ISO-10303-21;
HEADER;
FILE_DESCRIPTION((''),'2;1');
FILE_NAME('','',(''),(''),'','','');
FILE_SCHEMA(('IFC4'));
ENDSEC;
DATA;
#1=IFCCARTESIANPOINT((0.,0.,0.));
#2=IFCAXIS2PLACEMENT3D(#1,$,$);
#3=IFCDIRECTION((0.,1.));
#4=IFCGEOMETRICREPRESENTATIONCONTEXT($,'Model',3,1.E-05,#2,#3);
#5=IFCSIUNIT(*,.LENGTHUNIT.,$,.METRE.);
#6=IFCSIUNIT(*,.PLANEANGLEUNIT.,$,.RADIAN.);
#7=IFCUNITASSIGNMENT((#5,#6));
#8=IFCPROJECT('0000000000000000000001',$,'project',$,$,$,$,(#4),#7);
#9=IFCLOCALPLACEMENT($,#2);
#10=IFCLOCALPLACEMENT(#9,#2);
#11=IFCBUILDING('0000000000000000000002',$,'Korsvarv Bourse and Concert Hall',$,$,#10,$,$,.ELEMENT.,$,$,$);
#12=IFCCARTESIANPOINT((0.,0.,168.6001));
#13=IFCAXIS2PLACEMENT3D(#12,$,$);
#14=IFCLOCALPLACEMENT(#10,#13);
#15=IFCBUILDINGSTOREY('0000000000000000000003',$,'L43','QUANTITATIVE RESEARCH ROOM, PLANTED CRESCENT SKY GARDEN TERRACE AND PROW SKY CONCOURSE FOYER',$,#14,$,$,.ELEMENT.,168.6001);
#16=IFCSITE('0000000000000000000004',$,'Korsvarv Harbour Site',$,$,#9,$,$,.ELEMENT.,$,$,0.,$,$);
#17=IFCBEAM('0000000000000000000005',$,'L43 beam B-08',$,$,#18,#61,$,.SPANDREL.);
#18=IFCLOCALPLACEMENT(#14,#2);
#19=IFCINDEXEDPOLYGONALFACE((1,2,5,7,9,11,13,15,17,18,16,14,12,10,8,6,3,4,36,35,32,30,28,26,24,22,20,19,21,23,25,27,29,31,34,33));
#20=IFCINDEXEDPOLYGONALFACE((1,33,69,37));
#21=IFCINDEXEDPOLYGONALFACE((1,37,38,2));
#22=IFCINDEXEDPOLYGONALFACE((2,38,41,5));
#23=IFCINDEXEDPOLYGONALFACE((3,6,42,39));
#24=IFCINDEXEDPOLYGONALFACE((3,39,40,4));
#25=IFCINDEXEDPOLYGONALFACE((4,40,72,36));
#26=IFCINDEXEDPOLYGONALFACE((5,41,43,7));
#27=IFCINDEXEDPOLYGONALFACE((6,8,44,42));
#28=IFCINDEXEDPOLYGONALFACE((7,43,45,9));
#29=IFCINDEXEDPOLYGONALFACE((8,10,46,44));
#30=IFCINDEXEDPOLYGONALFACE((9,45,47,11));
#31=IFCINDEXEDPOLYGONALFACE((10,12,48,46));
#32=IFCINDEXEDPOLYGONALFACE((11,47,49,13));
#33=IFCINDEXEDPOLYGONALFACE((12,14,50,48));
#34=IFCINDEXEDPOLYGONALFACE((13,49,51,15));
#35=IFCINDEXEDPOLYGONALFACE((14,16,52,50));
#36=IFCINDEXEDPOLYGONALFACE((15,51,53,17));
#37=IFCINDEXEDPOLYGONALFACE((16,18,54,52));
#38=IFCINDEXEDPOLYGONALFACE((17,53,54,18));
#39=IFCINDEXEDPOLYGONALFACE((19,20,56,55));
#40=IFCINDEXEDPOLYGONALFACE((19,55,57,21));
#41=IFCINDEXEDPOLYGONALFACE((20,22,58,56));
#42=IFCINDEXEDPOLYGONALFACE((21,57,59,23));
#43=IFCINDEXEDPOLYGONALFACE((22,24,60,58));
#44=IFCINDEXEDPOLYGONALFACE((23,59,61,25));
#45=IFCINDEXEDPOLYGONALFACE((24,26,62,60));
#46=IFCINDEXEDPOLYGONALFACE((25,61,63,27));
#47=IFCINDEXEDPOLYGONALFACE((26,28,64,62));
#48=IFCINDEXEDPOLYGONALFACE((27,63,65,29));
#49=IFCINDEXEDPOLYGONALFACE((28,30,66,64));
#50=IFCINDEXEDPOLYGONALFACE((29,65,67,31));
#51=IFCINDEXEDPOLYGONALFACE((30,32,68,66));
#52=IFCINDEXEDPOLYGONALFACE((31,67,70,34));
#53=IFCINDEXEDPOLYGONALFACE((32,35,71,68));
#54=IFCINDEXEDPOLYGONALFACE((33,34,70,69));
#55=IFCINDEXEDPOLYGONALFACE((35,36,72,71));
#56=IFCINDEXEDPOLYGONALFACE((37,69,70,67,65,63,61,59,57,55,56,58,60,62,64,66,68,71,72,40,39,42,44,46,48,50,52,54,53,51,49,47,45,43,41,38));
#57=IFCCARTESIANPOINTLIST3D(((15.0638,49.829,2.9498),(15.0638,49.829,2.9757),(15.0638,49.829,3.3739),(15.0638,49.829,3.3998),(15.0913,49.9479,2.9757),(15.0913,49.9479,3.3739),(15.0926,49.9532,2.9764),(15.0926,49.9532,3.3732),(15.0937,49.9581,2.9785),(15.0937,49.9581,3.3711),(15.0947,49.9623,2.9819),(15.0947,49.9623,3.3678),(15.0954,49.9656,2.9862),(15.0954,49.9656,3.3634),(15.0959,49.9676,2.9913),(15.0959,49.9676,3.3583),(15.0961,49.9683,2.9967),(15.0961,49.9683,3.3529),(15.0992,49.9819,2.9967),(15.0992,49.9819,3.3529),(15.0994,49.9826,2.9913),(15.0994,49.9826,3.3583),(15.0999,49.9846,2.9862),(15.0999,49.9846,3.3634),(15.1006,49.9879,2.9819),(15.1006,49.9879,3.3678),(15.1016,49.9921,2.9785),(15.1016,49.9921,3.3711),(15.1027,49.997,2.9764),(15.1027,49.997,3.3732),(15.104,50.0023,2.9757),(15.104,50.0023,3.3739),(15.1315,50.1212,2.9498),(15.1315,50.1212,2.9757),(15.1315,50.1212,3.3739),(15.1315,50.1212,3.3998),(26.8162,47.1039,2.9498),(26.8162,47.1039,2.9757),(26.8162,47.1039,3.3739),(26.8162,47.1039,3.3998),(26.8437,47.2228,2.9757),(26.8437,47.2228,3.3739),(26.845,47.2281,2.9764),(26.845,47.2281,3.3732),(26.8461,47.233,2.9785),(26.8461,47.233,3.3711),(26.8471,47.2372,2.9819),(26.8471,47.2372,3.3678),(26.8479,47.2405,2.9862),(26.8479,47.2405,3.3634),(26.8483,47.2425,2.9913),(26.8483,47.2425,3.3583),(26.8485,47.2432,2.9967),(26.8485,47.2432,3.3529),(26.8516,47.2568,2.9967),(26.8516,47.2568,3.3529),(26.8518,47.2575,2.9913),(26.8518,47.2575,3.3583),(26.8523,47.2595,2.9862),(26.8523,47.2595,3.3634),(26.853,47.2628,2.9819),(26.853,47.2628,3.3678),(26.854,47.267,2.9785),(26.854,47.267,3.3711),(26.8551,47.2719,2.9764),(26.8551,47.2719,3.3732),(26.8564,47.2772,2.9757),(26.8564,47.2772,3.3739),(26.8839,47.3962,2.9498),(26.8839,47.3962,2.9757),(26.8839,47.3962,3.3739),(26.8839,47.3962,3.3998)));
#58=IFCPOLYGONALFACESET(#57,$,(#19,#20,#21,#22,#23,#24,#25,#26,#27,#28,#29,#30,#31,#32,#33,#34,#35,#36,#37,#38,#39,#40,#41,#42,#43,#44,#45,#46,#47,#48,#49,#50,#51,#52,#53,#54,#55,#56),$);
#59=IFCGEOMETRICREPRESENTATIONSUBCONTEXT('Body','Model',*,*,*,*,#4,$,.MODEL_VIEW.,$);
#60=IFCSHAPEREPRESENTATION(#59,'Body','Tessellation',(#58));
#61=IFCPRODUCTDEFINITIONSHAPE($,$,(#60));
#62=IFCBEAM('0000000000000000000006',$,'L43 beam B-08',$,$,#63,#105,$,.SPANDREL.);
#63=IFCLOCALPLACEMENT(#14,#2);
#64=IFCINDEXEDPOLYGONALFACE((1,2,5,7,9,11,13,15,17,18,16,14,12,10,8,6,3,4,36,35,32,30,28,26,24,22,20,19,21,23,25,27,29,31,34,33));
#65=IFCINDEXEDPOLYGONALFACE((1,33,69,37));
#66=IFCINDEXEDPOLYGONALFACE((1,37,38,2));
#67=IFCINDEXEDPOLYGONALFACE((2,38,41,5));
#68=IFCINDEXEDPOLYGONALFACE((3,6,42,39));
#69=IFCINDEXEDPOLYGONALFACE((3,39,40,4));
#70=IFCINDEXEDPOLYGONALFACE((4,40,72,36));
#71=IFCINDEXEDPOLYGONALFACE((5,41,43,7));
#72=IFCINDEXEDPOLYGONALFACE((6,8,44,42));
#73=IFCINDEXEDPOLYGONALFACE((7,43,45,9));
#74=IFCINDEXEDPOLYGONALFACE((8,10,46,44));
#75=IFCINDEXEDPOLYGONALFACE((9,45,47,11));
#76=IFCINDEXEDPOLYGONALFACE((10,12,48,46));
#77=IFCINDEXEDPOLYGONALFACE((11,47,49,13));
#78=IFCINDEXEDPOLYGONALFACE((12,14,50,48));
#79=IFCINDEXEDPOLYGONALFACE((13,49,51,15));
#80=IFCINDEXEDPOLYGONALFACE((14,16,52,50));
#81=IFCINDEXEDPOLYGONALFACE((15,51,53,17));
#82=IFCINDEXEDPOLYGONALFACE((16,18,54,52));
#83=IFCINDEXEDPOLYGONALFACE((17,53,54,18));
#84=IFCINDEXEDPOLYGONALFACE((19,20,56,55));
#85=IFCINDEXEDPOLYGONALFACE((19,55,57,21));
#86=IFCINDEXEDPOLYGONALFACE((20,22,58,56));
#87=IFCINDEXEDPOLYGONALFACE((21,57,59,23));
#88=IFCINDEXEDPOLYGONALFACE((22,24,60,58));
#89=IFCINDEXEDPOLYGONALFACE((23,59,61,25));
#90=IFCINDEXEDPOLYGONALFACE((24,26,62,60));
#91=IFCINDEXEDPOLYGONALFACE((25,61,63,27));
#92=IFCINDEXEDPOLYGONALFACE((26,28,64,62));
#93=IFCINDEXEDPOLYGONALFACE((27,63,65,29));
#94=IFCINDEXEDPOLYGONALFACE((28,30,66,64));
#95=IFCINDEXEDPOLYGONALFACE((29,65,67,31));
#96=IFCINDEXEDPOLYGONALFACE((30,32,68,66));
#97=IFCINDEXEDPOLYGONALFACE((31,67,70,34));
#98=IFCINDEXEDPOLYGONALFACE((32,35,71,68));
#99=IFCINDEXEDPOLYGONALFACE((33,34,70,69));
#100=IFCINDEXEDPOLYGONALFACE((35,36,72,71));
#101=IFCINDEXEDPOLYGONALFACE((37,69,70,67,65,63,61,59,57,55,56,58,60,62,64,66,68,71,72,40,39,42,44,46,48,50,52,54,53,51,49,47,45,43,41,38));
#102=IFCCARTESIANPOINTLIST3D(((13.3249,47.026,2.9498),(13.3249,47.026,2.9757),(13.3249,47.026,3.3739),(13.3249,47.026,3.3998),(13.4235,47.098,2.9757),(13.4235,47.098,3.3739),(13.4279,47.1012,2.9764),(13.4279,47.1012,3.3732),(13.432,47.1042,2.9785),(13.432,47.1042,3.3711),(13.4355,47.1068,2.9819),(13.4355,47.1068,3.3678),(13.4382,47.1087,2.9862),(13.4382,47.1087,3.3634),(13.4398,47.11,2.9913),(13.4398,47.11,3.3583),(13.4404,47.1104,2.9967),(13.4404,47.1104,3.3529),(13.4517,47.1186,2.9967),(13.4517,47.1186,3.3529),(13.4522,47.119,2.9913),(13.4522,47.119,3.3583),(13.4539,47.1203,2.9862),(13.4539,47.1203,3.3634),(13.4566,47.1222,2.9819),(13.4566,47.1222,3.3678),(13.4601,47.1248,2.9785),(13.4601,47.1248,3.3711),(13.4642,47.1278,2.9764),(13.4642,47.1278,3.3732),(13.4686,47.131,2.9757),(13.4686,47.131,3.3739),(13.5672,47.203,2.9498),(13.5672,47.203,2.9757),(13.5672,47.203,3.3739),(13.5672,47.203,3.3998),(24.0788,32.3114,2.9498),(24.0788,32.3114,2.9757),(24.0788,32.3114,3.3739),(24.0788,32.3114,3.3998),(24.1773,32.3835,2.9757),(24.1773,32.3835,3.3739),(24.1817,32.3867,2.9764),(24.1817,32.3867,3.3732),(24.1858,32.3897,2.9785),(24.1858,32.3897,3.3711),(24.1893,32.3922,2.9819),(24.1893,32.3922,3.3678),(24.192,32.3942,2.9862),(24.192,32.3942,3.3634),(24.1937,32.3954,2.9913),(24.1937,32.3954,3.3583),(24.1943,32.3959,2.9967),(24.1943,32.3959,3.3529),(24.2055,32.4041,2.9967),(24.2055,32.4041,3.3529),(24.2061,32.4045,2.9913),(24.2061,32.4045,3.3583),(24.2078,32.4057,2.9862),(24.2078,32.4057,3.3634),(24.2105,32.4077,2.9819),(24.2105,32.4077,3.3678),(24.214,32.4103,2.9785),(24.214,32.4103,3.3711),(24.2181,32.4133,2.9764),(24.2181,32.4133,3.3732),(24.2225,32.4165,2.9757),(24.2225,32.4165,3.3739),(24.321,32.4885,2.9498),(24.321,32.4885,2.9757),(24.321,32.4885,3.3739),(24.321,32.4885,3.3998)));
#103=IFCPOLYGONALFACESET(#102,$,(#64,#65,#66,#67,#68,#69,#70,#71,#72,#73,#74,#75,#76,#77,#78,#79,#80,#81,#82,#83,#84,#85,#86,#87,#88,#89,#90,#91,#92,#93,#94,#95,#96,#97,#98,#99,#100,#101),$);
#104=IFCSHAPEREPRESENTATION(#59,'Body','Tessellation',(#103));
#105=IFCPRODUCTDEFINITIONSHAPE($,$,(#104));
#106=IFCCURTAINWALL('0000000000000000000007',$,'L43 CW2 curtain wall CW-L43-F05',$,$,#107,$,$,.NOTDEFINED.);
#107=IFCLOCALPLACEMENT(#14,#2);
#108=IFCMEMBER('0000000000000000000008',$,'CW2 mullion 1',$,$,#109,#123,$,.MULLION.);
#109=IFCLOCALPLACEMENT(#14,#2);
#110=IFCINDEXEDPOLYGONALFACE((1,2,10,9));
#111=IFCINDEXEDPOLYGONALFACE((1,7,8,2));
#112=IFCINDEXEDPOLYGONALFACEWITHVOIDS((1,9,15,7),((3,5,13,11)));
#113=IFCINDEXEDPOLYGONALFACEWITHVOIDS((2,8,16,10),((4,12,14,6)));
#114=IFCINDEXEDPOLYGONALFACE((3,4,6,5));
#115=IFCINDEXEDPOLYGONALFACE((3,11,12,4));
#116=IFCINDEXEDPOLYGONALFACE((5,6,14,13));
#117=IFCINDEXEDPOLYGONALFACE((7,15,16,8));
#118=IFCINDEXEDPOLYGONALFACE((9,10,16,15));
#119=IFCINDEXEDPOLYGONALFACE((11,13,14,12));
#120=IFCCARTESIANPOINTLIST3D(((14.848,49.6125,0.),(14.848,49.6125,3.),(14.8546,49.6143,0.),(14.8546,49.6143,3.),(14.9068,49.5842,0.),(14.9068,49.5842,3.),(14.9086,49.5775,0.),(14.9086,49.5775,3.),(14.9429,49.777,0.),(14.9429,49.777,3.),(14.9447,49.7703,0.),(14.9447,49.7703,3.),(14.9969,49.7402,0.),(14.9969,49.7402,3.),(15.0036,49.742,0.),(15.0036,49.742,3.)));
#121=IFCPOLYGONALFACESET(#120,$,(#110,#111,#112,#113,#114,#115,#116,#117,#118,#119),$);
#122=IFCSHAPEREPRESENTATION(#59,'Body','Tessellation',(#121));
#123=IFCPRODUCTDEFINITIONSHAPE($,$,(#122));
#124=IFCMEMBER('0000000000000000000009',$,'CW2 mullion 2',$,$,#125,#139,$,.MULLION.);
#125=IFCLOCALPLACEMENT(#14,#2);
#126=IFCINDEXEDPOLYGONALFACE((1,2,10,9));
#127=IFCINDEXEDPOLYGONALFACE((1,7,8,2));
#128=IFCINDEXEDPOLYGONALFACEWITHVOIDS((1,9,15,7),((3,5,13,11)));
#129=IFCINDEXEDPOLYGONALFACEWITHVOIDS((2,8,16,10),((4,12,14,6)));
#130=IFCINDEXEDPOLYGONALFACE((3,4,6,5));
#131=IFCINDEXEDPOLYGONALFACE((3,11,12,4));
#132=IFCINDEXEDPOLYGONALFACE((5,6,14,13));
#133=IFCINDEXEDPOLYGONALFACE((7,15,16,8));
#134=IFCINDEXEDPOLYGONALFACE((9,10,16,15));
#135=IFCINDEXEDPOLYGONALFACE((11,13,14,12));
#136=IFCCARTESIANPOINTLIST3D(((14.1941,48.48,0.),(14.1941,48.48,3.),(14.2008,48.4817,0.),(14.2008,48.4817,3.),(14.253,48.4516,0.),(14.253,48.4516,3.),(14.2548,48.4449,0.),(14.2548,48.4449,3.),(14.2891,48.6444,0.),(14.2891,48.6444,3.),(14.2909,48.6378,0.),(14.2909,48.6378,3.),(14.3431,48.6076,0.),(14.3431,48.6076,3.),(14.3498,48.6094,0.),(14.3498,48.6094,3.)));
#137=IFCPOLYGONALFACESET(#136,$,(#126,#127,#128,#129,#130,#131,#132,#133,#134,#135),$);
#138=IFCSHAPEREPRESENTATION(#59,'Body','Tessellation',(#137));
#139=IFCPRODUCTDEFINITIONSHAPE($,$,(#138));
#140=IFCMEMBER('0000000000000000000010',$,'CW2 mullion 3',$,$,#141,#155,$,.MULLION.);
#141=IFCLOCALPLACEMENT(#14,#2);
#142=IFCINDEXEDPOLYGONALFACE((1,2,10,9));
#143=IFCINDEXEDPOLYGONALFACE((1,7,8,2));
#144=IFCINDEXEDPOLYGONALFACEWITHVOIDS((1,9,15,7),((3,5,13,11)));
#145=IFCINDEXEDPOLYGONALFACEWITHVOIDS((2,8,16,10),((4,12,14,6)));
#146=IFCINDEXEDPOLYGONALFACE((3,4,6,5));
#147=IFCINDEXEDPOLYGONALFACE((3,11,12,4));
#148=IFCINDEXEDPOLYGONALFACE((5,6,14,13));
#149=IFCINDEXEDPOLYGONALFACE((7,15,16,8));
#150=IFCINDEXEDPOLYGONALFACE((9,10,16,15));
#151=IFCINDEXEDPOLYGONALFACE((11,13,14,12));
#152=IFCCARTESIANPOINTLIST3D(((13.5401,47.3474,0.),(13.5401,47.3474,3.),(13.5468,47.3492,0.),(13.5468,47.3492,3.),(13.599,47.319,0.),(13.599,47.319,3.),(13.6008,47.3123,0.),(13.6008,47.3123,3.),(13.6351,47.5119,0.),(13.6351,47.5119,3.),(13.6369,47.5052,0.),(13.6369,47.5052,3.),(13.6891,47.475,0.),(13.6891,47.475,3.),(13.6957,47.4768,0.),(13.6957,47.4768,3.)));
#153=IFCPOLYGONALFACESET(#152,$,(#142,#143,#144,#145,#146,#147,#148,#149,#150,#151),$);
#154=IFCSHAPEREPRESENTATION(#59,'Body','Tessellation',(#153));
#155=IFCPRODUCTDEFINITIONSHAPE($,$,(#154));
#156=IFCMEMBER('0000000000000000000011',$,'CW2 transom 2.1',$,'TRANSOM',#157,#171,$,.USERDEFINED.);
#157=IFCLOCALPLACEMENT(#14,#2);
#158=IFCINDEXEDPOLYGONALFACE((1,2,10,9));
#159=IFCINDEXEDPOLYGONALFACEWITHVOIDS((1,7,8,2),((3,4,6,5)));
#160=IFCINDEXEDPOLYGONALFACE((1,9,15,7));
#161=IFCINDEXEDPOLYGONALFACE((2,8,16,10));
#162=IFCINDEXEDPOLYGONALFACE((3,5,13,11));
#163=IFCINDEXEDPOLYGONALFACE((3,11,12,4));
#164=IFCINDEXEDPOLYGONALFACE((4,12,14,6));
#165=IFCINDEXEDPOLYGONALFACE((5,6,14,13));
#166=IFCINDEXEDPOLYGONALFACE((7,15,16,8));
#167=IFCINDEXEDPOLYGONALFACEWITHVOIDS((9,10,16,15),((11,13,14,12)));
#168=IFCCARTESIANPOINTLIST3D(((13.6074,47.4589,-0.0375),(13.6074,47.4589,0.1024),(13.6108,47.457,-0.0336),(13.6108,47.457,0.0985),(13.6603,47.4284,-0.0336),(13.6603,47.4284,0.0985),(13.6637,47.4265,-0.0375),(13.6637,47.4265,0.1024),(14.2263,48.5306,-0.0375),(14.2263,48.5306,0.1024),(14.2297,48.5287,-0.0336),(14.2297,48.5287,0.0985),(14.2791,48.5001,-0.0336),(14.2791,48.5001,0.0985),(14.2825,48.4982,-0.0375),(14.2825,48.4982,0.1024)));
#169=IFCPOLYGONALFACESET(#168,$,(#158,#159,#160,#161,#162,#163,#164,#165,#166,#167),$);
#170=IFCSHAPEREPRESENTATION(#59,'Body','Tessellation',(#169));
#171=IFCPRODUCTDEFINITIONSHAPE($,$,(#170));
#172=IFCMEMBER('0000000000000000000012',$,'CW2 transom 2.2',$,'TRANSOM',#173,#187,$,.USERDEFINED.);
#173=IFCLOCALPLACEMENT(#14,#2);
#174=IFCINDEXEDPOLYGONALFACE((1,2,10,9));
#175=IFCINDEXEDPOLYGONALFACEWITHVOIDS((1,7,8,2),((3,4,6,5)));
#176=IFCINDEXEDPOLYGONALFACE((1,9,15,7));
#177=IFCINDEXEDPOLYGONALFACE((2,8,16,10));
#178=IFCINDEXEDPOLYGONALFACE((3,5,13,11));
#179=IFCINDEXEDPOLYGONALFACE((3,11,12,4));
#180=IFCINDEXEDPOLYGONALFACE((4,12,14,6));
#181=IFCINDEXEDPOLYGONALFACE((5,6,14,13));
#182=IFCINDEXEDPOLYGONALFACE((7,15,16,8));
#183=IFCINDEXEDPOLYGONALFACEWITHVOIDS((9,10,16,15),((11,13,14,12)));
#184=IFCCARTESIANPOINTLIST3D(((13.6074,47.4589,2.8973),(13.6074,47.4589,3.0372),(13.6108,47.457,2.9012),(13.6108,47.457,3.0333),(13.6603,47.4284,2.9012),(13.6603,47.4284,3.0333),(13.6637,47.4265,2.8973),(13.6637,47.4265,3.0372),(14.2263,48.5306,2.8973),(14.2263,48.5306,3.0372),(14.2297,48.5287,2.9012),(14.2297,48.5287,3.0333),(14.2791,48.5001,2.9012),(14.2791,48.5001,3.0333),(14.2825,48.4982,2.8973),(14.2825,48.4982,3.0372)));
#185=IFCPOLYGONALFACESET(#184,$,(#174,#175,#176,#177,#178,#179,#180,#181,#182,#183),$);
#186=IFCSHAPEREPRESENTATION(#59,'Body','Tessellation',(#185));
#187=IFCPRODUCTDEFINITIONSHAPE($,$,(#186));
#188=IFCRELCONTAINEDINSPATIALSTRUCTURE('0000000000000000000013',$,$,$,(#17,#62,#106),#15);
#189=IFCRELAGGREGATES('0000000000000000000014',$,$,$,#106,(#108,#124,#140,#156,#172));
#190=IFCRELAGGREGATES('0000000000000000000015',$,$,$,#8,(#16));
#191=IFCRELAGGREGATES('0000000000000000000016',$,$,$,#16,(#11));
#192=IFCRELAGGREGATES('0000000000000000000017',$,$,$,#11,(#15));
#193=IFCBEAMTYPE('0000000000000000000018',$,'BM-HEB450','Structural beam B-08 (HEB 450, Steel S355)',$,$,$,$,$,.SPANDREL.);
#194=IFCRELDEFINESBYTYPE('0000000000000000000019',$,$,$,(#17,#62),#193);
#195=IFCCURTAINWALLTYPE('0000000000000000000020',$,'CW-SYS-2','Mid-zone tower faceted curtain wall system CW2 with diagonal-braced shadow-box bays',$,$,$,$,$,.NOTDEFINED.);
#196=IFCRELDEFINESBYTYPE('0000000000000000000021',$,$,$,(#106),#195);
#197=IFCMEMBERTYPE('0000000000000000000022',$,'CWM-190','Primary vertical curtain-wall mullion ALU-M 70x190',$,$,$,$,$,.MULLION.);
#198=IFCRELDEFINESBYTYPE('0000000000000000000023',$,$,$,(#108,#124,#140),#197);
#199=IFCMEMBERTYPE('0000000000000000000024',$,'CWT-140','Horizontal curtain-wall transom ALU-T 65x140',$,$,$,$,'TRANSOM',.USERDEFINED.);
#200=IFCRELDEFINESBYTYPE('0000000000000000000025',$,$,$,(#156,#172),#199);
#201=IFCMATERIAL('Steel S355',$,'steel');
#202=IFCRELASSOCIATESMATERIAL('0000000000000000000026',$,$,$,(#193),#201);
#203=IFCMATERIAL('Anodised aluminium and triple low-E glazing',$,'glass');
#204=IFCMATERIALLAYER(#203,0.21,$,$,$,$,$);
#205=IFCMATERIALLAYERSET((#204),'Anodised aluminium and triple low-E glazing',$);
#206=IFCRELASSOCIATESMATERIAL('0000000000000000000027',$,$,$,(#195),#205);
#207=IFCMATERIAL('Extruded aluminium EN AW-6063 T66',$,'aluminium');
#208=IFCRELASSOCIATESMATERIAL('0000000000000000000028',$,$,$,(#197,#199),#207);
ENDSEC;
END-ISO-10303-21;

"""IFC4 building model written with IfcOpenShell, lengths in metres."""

from ifc_helpers import new_model, si_unit, direction, frame, origin, origin_2d, place, context, subcontext, project, spatial, hollow_rectangle, i_section, extrude, source, transform, mapped, material, layer, layer_set, material_profile, profile_set, type_object, element, aggregate, save


model = new_model("IFC4")

# Units and contexts
model_context = context("Model", 3, precision=1e-05, world=origin(), true_north=direction((0.0, 1.0)))
body_context = subcontext(model_context, "Body", "Model", "MODEL_VIEW")
ifc_project = project(units=[si_unit("LENGTHUNIT", "METRE"), si_unit("PLANEANGLEUNIT", "RADIAN")], contexts=[model_context])

# Site, building, storey
site_placement = place(None, origin())
site = spatial("IfcSite", under=ifc_project, at=site_placement, Name="Korsvarv Harbour Site", CompositionType="ELEMENT", RefElevation=0.0)
building_placement = place(site_placement, origin())
building = spatial("IfcBuilding", under=site, at=building_placement, Name="Korsvarv Bourse and Concert Hall", CompositionType="ELEMENT")
storey_placement = place(building_placement, frame((0.0, 0.0, 168.6001)))
storey = spatial("IfcBuildingStorey", under=building, at=storey_placement, Name="L43", Description="QUANTITATIVE RESEARCH ROOM, PLANTED CRESCENT SKY GARDEN TERRACE AND PROW SKY CONCOURSE FOYER", CompositionType="ELEMENT", Elevation=168.6001)

# Shared definitions
ifc_material_1 = material(Name="Steel S355", Category="steel")

# Beams
ifc_material_profile_1 = material_profile(ifc_material_1, i_section(OverallWidth=0.3, OverallDepth=0.45, WebThickness=0.0139, FlangeThickness=0.0259, FilletRadius=0.021, at=origin_2d()), Name="HEB 450")
ifc_profile_set_1 = profile_set([ifc_material_profile_1], Name="Steel S355")
beam_type_1 = type_object("IfcBeamType", Name="BM-HEB450", Description="Structural beam B-08 (HEB 450, Steel S355)", PredefinedType="SPANDREL", material=ifc_profile_set_1)
shared_shape_1 = source(origin(), body_context, "Body", "SweptSolid", [
    extrude(i_section(OverallWidth=0.3, OverallDepth=0.45, WebThickness=0.0139, FlangeThickness=0.0259, FilletRadius=0.021, at=origin_2d()), origin(), (0.0, 0.0, 1.0), 12.0642),
])
beam_1_placement = place(storey_placement, frame((15.0977, 49.9751, 3.1748), z_axis=(0.974155, -0.225882, 0.0), x_axis=(0.225882, 0.974155, 0.0)))
element("IfcBeam", 1, at=beam_1_placement, inside=storey, type_object=beam_type_1, Name="L43 beam B-08", PredefinedType="SPANDREL", context=body_context, shape_type="MappedRepresentation", body=[
    mapped(shared_shape_1, transform((0.0, 0.0, 0.0), scale=1.0)),
])
shared_shape_2 = source(origin(), body_context, "Body", "SweptSolid", [
    extrude(i_section(OverallWidth=0.3, OverallDepth=0.45, WebThickness=0.0139, FlangeThickness=0.0259, FilletRadius=0.021, at=origin_2d()), origin(), (0.0, 0.0, 1.0), 18.2253),
])
beam_2_placement = place(storey_placement, frame((13.446, 47.1145, 3.1748), z_axis=(0.59005, -0.807367, 0.0), x_axis=(0.807367, 0.59005, 0.0)))
element("IfcBeam", 2, at=beam_2_placement, inside=storey, type_object=beam_type_1, Name="L43 beam B-08", PredefinedType="SPANDREL", context=body_context, shape_type="MappedRepresentation", body=[
    mapped(shared_shape_2, transform((0.0, 0.0, 0.0), scale=1.0)),
])

# Curtain wall, members
ifc_material_2 = material(Name="Anodised aluminium and triple low-E glazing", Category="glass")
ifc_layer_1 = layer(ifc_material_2, 0.21)
ifc_layer_set_1 = layer_set([ifc_layer_1], Name="Anodised aluminium and triple low-E glazing")
curtain_wall_type = type_object("IfcCurtainWallType", Name="CW-SYS-2", Description="Mid-zone tower faceted curtain wall system CW2 with diagonal-braced shadow-box bays", PredefinedType="NOTDEFINED", material=ifc_layer_set_1)
curtain_wall_placement = place(storey_placement, origin())
curtain_wall = element("IfcCurtainWall", 3, at=curtain_wall_placement, inside=storey, type_object=curtain_wall_type, Name="L43 CW2 curtain wall CW-L43-F05", PredefinedType="NOTDEFINED")
ifc_material_3 = material(Name="Extruded aluminium EN AW-6063 T66", Category="aluminium")
ifc_material_profile_2 = material_profile(ifc_material_3, hollow_rectangle(XDim=0.0701, YDim=0.1899, WallThickness=0.0049, at=origin_2d()), Name="ALU-M 70x190")
ifc_profile_set_2 = profile_set([ifc_material_profile_2], Name="Extruded aluminium EN AW-6063 T66")
member_type_1 = type_object("IfcMemberType", Name="CWM-190", Description="Primary vertical curtain-wall mullion ALU-M 70x190", PredefinedType="MULLION", material=ifc_profile_set_2)
shared_shape_3 = source(origin(), body_context, "Body", "SweptSolid", [
    extrude(hollow_rectangle(XDim=0.0701, YDim=0.1899, WallThickness=0.0049, at=origin_2d()), origin(), (0.0, 0.0, 1.0), 3.0),
])
member_1_placement = place(storey_placement, frame((14.9258, 49.6772, 0.0), z_axis=(0.0, 0.0, 1.0), x_axis=(0.866007, -0.500032, 0.0)))
member_1 = element("IfcMember", 4, at=member_1_placement, type_object=member_type_1, Name="CW2 mullion 1", PredefinedType="MULLION", context=body_context, shape_type="MappedRepresentation", body=[
    mapped(shared_shape_3, transform((0.0, 0.0, 0.0), scale=1.0)),
])
member_2_placement = place(storey_placement, frame((14.272, 48.5447, 0.0), z_axis=(0.0, 0.0, 1.0), x_axis=(0.866007, -0.500032, 0.0)))
member_2 = element("IfcMember", 5, at=member_2_placement, type_object=member_type_1, Name="CW2 mullion 2", PredefinedType="MULLION", context=body_context, shape_type="MappedRepresentation", body=[
    mapped(shared_shape_3, transform((0.0, 0.0, 0.0), scale=1.0)),
])
member_3_placement = place(storey_placement, frame((13.6179, 47.4121, 0.0), z_axis=(0.0, 0.0, 1.0), x_axis=(0.866007, -0.500032, 0.0)))
member_3 = element("IfcMember", 6, at=member_3_placement, type_object=member_type_1, Name="CW2 mullion 3", PredefinedType="MULLION", context=body_context, shape_type="MappedRepresentation", body=[
    mapped(shared_shape_3, transform((0.0, 0.0, 0.0), scale=1.0)),
])
ifc_material_profile_3 = material_profile(ifc_material_3, hollow_rectangle(XDim=0.0649, YDim=0.1399, WallThickness=0.0039, at=origin_2d()), Name="ALU-T 65x140")
ifc_profile_set_3 = profile_set([ifc_material_profile_3], Name="Extruded aluminium EN AW-6063 T66")
member_type_2 = type_object("IfcMemberType", Name="CWT-140", Description="Horizontal curtain-wall transom ALU-T 65x140", ElementType="TRANSOM", PredefinedType="USERDEFINED", material=ifc_profile_set_3)
shared_shape_4 = source(origin(), body_context, "Body", "SweptSolid", [
    extrude(hollow_rectangle(XDim=0.0649, YDim=0.1399, WallThickness=0.0039, at=origin_2d()), origin(), (0.0, 0.0, 1.0), 1.2375),
])
member_4_placement = place(storey_placement, frame((14.2544, 48.5144, 0.0325), z_axis=(-0.500064, -0.865988, 0.0), x_axis=(0.865988, -0.500064, 0.0)))
member_4 = element("IfcMember", 7, at=member_4_placement, type_object=member_type_2, Name="CW2 transom 2.1", ObjectType="TRANSOM", PredefinedType="USERDEFINED", context=body_context, shape_type="MappedRepresentation", body=[
    mapped(shared_shape_4, transform((0.0, 0.0, 0.0), scale=1.0)),
])
member_5_placement = place(storey_placement, frame((14.2544, 48.5144, 2.9673), z_axis=(-0.500064, -0.865988, 0.0), x_axis=(0.865988, -0.500064, 0.0)))
member_5 = element("IfcMember", 8, at=member_5_placement, type_object=member_type_2, Name="CW2 transom 2.2", ObjectType="TRANSOM", PredefinedType="USERDEFINED", context=body_context, shape_type="MappedRepresentation", body=[
    mapped(shared_shape_4, transform((0.0, 0.0, 0.0), scale=1.0)),
])
aggregate(curtain_wall, [member_1, member_2, member_3, member_4, member_5])

save(model, "model.ifc")
